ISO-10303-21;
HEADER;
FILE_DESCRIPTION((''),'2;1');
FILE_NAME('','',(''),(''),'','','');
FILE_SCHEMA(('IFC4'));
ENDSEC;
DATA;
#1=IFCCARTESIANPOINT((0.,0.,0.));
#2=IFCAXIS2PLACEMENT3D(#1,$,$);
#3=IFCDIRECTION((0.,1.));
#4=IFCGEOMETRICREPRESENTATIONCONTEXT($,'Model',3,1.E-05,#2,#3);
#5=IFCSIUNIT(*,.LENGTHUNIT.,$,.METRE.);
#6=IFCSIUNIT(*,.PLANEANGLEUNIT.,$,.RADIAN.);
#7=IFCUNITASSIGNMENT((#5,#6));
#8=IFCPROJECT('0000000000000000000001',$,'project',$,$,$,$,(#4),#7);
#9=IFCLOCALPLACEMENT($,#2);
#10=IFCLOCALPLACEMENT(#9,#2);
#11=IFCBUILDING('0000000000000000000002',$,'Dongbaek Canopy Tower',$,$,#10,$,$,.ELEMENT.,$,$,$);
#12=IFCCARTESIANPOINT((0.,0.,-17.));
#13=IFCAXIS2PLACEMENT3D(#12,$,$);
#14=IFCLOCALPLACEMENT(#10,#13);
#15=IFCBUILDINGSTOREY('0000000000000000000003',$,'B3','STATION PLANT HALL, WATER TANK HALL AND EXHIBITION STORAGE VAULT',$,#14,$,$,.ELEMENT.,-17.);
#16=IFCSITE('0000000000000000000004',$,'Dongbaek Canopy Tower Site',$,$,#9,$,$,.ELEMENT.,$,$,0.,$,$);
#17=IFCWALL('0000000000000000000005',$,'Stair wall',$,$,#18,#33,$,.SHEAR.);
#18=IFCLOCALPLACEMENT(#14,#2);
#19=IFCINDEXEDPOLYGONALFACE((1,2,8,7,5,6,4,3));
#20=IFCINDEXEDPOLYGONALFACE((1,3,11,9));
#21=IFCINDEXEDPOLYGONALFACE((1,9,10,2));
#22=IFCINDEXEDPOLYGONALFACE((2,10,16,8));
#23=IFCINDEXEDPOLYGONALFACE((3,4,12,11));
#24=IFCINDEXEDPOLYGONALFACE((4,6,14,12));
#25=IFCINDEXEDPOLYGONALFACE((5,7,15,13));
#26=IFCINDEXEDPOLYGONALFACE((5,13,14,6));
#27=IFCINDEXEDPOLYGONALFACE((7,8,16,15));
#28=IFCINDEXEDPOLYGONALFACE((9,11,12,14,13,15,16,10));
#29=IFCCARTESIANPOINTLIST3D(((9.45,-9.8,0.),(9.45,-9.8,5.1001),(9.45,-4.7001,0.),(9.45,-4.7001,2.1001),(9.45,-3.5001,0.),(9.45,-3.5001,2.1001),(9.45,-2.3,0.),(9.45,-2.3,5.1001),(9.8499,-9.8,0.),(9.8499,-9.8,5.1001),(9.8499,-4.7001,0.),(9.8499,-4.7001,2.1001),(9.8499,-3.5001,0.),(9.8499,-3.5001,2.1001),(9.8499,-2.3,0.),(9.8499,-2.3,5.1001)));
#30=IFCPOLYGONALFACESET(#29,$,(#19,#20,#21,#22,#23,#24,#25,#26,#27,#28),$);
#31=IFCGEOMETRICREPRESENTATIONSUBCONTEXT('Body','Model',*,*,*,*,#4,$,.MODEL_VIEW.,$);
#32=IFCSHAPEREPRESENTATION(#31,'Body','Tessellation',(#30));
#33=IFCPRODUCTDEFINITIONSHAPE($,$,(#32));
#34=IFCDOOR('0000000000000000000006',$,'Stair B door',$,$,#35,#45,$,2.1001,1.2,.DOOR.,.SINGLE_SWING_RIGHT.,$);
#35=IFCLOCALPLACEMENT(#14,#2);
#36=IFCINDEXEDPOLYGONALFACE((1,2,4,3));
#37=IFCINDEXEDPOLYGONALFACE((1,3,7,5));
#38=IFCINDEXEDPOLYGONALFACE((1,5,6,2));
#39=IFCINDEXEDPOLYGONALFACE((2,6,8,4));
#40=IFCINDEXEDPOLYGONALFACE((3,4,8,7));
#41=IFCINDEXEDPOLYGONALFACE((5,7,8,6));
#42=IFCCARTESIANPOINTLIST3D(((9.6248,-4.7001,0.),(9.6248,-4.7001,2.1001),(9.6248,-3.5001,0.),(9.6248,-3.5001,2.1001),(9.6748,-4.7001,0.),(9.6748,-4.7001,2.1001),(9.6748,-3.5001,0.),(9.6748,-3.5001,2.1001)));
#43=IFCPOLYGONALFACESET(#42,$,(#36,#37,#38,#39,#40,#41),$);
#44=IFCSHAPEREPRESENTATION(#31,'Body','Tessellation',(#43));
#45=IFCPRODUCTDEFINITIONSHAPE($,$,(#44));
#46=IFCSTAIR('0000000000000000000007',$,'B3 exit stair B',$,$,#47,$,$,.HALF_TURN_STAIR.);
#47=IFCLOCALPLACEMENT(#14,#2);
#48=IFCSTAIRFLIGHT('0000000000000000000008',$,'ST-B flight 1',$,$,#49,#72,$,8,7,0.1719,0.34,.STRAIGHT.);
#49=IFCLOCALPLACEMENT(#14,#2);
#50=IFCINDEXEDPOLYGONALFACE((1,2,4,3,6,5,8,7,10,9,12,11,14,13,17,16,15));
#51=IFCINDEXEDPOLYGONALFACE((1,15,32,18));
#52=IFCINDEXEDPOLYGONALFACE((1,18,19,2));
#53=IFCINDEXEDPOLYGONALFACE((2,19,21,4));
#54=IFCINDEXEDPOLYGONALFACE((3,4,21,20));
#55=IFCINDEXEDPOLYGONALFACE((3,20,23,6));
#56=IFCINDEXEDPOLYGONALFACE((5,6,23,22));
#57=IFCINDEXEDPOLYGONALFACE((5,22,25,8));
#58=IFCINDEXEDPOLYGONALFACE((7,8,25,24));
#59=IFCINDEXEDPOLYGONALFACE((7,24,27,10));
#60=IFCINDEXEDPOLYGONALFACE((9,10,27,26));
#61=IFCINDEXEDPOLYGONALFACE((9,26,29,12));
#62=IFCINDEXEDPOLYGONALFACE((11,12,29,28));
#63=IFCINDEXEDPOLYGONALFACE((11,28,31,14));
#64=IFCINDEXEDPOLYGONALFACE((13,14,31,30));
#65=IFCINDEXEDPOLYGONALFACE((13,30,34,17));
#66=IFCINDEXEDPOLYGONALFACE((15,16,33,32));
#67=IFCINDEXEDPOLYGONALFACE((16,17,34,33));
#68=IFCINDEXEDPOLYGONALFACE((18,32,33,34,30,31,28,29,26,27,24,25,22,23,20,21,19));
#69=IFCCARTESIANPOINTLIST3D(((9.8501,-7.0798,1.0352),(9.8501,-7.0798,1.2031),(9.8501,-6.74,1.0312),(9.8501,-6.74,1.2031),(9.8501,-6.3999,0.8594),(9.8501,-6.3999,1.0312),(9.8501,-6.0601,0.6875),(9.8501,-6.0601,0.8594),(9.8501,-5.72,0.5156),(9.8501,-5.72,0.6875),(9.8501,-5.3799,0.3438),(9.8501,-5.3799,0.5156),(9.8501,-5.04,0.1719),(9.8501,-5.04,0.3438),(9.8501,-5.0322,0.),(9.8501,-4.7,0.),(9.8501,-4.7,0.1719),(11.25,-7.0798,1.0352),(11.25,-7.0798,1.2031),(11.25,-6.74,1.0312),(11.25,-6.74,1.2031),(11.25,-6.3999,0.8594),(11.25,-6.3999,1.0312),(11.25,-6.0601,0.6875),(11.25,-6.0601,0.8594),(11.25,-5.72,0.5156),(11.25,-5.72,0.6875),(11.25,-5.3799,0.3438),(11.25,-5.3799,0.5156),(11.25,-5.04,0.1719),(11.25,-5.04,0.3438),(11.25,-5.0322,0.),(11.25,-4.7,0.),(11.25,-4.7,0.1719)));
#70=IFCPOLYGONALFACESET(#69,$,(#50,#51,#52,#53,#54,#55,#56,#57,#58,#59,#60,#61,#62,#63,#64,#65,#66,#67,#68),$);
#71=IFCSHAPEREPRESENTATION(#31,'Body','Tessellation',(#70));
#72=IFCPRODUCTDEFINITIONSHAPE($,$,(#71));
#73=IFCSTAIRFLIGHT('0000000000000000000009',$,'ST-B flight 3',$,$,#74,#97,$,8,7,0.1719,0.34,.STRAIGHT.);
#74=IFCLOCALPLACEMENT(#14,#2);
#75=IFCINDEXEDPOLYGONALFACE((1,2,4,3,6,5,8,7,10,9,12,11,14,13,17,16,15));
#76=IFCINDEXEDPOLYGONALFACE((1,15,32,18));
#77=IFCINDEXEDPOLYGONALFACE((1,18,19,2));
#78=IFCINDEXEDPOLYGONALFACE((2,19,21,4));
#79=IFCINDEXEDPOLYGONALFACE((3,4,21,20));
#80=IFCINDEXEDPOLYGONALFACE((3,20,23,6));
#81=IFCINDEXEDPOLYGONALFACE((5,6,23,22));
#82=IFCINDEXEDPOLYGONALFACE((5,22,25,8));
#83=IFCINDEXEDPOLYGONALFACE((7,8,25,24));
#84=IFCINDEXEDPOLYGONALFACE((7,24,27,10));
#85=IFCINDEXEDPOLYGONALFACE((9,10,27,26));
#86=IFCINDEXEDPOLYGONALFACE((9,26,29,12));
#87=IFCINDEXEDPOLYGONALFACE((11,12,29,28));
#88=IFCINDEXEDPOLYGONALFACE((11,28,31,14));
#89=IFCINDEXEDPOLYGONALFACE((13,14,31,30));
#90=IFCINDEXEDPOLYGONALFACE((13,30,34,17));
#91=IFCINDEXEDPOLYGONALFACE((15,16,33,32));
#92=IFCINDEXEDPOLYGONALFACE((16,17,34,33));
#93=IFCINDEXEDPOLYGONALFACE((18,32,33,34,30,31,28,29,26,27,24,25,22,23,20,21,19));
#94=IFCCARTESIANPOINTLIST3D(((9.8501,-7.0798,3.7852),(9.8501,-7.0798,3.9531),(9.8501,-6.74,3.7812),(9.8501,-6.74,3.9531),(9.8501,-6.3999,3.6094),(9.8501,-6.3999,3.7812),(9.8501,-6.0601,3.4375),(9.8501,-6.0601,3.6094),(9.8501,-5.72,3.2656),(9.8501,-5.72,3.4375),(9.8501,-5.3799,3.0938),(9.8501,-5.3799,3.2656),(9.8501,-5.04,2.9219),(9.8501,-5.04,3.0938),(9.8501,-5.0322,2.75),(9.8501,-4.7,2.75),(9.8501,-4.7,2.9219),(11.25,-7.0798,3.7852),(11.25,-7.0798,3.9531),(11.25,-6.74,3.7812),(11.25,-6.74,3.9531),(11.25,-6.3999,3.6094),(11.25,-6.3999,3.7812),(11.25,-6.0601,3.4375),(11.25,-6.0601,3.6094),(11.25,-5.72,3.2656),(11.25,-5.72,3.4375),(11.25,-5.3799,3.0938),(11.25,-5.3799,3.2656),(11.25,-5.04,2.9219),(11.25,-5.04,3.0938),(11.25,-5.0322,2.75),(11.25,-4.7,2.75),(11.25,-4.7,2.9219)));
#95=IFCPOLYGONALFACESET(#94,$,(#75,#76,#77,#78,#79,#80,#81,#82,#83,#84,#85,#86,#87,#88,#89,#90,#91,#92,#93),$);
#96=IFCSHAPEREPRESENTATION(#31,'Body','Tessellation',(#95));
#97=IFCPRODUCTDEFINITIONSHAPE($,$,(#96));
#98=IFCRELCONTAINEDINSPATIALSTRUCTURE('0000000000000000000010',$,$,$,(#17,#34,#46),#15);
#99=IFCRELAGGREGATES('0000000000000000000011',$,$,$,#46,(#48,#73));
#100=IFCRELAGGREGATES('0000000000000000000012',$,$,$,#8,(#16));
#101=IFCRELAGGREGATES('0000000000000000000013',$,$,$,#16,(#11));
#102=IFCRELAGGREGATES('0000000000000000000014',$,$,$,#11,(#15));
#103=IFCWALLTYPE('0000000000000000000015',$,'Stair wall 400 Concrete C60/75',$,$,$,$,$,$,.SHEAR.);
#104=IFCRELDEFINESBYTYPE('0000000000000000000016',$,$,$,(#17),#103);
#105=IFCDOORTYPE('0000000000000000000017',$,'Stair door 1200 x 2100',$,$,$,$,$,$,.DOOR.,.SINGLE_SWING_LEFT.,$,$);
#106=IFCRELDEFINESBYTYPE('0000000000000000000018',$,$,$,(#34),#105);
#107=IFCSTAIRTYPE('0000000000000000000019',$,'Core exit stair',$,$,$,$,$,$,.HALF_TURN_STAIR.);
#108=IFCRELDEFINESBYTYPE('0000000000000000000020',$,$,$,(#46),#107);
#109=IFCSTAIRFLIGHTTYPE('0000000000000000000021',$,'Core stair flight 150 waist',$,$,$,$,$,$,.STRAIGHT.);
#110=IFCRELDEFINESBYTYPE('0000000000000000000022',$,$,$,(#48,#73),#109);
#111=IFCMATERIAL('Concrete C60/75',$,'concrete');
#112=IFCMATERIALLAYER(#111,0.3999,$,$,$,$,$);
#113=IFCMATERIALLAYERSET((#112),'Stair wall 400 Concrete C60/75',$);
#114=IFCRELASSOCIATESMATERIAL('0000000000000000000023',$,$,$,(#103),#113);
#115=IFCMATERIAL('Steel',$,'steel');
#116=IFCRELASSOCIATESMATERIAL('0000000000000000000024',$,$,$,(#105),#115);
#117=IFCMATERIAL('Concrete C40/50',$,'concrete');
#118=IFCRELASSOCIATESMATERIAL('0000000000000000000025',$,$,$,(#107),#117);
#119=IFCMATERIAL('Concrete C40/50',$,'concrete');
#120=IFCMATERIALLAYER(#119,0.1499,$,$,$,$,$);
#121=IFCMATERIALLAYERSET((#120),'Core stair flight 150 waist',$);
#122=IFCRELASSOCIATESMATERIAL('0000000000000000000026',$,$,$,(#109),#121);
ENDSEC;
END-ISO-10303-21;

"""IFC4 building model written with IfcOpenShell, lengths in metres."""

from ifc_helpers import new_model, si_unit, direction, frame, frame_2d, origin, place, context, subcontext, project, spatial, polyline, rectangle, outline, extrude, material, layer, layer_set, type_object, element, fill, aggregate, save


model = new_model("IFC4")

# Units and contexts
model_context = context("Model", 3, precision=1e-05, world=origin(), true_north=direction((0.0, 1.0)))
body_context = subcontext(model_context, "Body", "Model", "MODEL_VIEW")
ifc_project = project(units=[si_unit("LENGTHUNIT", "METRE"), si_unit("PLANEANGLEUNIT", "RADIAN")], contexts=[model_context])

# Site, building, storey
site_placement = place(None, origin())
site = spatial("IfcSite", under=ifc_project, at=site_placement, Name="Dongbaek Canopy Tower Site", CompositionType="ELEMENT", RefElevation=0.0)
building_placement = place(site_placement, origin())
building = spatial("IfcBuilding", under=site, at=building_placement, Name="Dongbaek Canopy Tower", CompositionType="ELEMENT")
storey_placement = place(building_placement, frame((0.0, 0.0, -17.0)))
storey = spatial("IfcBuildingStorey", under=building, at=storey_placement, Name="B3", Description="STATION PLANT HALL, WATER TANK HALL AND EXHIBITION STORAGE VAULT", CompositionType="ELEMENT", Elevation=-17.0)

# Wall, opening, door
ifc_material_1 = material(Name="Concrete C60/75", Category="concrete")
ifc_layer_1 = layer(ifc_material_1, 0.3999)
ifc_layer_set_1 = layer_set([ifc_layer_1], Name="Stair wall 400 Concrete C60/75")
wall_type_1 = type_object("IfcWallType", Name="Stair wall 400 Concrete C60/75", PredefinedType="SHEAR", material=ifc_layer_set_1)
wall_1_placement = place(storey_placement, frame((9.6499, -2.3, 0.0), z_axis=(0.0, 0.0, 1.0), x_axis=(0.0, -1.0, 0.0)))
wall_1 = element("IfcWall", 1, at=wall_1_placement, inside=storey, type_object=wall_type_1, Name="Stair wall", PredefinedType="SHEAR", context=body_context, shape_type="SweptSolid", body=[
    extrude(rectangle(XDim=7.5, YDim=0.3999, at=frame_2d((3.75, 0.0))), origin(), (0.0, 0.0, 1.0), 5.1001),
])
opening_1_placement = place(wall_1_placement, frame((1.2, 0.0, 0.0)))
opening_1 = element("IfcOpeningElement", 2, at=opening_1_placement, cuts=wall_1, PredefinedType="OPENING", context=body_context, shape_type="SweptSolid", body=[
    extrude(rectangle(XDim=1.2, YDim=2.1001, at=frame_2d((0.6001, 1.05))), frame((0.0, 0.21, 0.0), z_axis=(0.0, -1.0, 0.0), x_axis=(1.0, 0.0, 0.0)), (0.0, 0.0, 1.0), 0.4199),
])
ifc_material_2 = material(Name="Steel", Category="steel")
door_type_1 = type_object("IfcDoorType", Name="Stair door 1200 x 2100", OperationType="SINGLE_SWING_LEFT", PredefinedType="DOOR", material=ifc_material_2)
door_1_placement = place(opening_1_placement, origin())
door_1 = element("IfcDoor", 3, at=door_1_placement, inside=storey, type_object=door_type_1, Name="Stair B door", OperationType="SINGLE_SWING_RIGHT", OverallHeight=2.1001, OverallWidth=1.2, PredefinedType="DOOR", context=body_context, shape_type="SweptSolid", body=[
    extrude(rectangle(XDim=1.2, YDim=2.1001, at=frame_2d((0.6001, 1.05))), frame((0.0, 0.0249, 0.0), z_axis=(0.0, -1.0, 0.0), x_axis=(1.0, 0.0, 0.0)), (0.0, 0.0, 1.0), 0.05),
])
fill(opening_1, door_1)

# Stair, stair flights
ifc_material_3 = material(Name="Concrete C40/50", Category="concrete")
stair_type = type_object("IfcStairType", Name="Core exit stair", PredefinedType="HALF_TURN_STAIR", material=ifc_material_3)
stair_placement = place(storey_placement, origin())
stair = element("IfcStair", 4, at=stair_placement, inside=storey, type_object=stair_type, Name="B3 exit stair B", PredefinedType="HALF_TURN_STAIR")
ifc_material_4 = material(Name="Concrete C40/50", Category="concrete")
ifc_layer_2 = layer(ifc_material_4, 0.1499)
ifc_layer_set_2 = layer_set([ifc_layer_2], Name="Core stair flight 150 waist")
stair_flight_type = type_object("IfcStairFlightType", Name="Core stair flight 150 waist", PredefinedType="STRAIGHT", material=ifc_layer_set_2)
stair_flight_1_placement = place(storey_placement, frame((10.55, -4.7, 0.0), z_axis=(0.0, 0.0, 1.0), x_axis=(0.0, -1.0, 0.0)))
stair_flight_1 = element("IfcStairFlight", 5, at=stair_flight_1_placement, type_object=stair_flight_type, Name="ST-B flight 1", NumberOfRisers=8, NumberOfTreads=7, PredefinedType="STRAIGHT", RiserHeight=0.1719, TreadLength=0.34, context=body_context, shape_type="SweptSolid", body=[
    extrude(outline(polyline([(0.0, 0.0), (0.0, 0.1719), (0.3401, 0.1719), (0.3401, 0.3438), (0.6799, 0.3438), (0.6799, 0.5156), (1.02, 0.5156), (1.02, 0.6875), (1.3601, 0.6875), (1.3601, 0.8594), (1.7, 0.8594), (1.7, 1.0312), (2.04, 1.0312), (2.04, 1.2031), (2.3799, 1.2031), (2.3799, 1.375), (2.3799, 1.0352), (0.3323, 0.0), (0.0, 0.0)])), frame((0.0, 0.7, 0.0), z_axis=(0.0, -1.0, 0.0), x_axis=(1.0, 0.0, 0.0)), (0.0, 0.0, 1.0), 1.3999),
])
stair_flight_2_placement = place(storey_placement, frame((10.55, -4.7, 2.75), z_axis=(0.0, 0.0, 1.0), x_axis=(0.0, -1.0, 0.0)))
stair_flight_2 = element("IfcStairFlight", 6, at=stair_flight_2_placement, type_object=stair_flight_type, Name="ST-B flight 3", NumberOfRisers=8, NumberOfTreads=7, PredefinedType="STRAIGHT", RiserHeight=0.1719, TreadLength=0.34, context=body_context, shape_type="SweptSolid", body=[
    extrude(outline(polyline([(0.0, 0.0), (0.0, 0.1719), (0.3401, 0.1719), (0.3401, 0.3438), (0.6799, 0.3438), (0.6799, 0.5156), (1.02, 0.5156), (1.02, 0.6875), (1.3601, 0.6875), (1.3601, 0.8594), (1.7, 0.8594), (1.7, 1.0312), (2.04, 1.0312), (2.04, 1.2031), (2.3799, 1.2031), (2.3799, 1.375), (2.3799, 1.0352), (0.3323, 0.0), (0.0, 0.0)])), frame((0.0, 0.7, 0.0), z_axis=(0.0, -1.0, 0.0), x_axis=(1.0, 0.0, 0.0)), (0.0, 0.0, 1.0), 1.3999),
])
aggregate(stair, [stair_flight_1, stair_flight_2])

save(model, "model.ifc")
